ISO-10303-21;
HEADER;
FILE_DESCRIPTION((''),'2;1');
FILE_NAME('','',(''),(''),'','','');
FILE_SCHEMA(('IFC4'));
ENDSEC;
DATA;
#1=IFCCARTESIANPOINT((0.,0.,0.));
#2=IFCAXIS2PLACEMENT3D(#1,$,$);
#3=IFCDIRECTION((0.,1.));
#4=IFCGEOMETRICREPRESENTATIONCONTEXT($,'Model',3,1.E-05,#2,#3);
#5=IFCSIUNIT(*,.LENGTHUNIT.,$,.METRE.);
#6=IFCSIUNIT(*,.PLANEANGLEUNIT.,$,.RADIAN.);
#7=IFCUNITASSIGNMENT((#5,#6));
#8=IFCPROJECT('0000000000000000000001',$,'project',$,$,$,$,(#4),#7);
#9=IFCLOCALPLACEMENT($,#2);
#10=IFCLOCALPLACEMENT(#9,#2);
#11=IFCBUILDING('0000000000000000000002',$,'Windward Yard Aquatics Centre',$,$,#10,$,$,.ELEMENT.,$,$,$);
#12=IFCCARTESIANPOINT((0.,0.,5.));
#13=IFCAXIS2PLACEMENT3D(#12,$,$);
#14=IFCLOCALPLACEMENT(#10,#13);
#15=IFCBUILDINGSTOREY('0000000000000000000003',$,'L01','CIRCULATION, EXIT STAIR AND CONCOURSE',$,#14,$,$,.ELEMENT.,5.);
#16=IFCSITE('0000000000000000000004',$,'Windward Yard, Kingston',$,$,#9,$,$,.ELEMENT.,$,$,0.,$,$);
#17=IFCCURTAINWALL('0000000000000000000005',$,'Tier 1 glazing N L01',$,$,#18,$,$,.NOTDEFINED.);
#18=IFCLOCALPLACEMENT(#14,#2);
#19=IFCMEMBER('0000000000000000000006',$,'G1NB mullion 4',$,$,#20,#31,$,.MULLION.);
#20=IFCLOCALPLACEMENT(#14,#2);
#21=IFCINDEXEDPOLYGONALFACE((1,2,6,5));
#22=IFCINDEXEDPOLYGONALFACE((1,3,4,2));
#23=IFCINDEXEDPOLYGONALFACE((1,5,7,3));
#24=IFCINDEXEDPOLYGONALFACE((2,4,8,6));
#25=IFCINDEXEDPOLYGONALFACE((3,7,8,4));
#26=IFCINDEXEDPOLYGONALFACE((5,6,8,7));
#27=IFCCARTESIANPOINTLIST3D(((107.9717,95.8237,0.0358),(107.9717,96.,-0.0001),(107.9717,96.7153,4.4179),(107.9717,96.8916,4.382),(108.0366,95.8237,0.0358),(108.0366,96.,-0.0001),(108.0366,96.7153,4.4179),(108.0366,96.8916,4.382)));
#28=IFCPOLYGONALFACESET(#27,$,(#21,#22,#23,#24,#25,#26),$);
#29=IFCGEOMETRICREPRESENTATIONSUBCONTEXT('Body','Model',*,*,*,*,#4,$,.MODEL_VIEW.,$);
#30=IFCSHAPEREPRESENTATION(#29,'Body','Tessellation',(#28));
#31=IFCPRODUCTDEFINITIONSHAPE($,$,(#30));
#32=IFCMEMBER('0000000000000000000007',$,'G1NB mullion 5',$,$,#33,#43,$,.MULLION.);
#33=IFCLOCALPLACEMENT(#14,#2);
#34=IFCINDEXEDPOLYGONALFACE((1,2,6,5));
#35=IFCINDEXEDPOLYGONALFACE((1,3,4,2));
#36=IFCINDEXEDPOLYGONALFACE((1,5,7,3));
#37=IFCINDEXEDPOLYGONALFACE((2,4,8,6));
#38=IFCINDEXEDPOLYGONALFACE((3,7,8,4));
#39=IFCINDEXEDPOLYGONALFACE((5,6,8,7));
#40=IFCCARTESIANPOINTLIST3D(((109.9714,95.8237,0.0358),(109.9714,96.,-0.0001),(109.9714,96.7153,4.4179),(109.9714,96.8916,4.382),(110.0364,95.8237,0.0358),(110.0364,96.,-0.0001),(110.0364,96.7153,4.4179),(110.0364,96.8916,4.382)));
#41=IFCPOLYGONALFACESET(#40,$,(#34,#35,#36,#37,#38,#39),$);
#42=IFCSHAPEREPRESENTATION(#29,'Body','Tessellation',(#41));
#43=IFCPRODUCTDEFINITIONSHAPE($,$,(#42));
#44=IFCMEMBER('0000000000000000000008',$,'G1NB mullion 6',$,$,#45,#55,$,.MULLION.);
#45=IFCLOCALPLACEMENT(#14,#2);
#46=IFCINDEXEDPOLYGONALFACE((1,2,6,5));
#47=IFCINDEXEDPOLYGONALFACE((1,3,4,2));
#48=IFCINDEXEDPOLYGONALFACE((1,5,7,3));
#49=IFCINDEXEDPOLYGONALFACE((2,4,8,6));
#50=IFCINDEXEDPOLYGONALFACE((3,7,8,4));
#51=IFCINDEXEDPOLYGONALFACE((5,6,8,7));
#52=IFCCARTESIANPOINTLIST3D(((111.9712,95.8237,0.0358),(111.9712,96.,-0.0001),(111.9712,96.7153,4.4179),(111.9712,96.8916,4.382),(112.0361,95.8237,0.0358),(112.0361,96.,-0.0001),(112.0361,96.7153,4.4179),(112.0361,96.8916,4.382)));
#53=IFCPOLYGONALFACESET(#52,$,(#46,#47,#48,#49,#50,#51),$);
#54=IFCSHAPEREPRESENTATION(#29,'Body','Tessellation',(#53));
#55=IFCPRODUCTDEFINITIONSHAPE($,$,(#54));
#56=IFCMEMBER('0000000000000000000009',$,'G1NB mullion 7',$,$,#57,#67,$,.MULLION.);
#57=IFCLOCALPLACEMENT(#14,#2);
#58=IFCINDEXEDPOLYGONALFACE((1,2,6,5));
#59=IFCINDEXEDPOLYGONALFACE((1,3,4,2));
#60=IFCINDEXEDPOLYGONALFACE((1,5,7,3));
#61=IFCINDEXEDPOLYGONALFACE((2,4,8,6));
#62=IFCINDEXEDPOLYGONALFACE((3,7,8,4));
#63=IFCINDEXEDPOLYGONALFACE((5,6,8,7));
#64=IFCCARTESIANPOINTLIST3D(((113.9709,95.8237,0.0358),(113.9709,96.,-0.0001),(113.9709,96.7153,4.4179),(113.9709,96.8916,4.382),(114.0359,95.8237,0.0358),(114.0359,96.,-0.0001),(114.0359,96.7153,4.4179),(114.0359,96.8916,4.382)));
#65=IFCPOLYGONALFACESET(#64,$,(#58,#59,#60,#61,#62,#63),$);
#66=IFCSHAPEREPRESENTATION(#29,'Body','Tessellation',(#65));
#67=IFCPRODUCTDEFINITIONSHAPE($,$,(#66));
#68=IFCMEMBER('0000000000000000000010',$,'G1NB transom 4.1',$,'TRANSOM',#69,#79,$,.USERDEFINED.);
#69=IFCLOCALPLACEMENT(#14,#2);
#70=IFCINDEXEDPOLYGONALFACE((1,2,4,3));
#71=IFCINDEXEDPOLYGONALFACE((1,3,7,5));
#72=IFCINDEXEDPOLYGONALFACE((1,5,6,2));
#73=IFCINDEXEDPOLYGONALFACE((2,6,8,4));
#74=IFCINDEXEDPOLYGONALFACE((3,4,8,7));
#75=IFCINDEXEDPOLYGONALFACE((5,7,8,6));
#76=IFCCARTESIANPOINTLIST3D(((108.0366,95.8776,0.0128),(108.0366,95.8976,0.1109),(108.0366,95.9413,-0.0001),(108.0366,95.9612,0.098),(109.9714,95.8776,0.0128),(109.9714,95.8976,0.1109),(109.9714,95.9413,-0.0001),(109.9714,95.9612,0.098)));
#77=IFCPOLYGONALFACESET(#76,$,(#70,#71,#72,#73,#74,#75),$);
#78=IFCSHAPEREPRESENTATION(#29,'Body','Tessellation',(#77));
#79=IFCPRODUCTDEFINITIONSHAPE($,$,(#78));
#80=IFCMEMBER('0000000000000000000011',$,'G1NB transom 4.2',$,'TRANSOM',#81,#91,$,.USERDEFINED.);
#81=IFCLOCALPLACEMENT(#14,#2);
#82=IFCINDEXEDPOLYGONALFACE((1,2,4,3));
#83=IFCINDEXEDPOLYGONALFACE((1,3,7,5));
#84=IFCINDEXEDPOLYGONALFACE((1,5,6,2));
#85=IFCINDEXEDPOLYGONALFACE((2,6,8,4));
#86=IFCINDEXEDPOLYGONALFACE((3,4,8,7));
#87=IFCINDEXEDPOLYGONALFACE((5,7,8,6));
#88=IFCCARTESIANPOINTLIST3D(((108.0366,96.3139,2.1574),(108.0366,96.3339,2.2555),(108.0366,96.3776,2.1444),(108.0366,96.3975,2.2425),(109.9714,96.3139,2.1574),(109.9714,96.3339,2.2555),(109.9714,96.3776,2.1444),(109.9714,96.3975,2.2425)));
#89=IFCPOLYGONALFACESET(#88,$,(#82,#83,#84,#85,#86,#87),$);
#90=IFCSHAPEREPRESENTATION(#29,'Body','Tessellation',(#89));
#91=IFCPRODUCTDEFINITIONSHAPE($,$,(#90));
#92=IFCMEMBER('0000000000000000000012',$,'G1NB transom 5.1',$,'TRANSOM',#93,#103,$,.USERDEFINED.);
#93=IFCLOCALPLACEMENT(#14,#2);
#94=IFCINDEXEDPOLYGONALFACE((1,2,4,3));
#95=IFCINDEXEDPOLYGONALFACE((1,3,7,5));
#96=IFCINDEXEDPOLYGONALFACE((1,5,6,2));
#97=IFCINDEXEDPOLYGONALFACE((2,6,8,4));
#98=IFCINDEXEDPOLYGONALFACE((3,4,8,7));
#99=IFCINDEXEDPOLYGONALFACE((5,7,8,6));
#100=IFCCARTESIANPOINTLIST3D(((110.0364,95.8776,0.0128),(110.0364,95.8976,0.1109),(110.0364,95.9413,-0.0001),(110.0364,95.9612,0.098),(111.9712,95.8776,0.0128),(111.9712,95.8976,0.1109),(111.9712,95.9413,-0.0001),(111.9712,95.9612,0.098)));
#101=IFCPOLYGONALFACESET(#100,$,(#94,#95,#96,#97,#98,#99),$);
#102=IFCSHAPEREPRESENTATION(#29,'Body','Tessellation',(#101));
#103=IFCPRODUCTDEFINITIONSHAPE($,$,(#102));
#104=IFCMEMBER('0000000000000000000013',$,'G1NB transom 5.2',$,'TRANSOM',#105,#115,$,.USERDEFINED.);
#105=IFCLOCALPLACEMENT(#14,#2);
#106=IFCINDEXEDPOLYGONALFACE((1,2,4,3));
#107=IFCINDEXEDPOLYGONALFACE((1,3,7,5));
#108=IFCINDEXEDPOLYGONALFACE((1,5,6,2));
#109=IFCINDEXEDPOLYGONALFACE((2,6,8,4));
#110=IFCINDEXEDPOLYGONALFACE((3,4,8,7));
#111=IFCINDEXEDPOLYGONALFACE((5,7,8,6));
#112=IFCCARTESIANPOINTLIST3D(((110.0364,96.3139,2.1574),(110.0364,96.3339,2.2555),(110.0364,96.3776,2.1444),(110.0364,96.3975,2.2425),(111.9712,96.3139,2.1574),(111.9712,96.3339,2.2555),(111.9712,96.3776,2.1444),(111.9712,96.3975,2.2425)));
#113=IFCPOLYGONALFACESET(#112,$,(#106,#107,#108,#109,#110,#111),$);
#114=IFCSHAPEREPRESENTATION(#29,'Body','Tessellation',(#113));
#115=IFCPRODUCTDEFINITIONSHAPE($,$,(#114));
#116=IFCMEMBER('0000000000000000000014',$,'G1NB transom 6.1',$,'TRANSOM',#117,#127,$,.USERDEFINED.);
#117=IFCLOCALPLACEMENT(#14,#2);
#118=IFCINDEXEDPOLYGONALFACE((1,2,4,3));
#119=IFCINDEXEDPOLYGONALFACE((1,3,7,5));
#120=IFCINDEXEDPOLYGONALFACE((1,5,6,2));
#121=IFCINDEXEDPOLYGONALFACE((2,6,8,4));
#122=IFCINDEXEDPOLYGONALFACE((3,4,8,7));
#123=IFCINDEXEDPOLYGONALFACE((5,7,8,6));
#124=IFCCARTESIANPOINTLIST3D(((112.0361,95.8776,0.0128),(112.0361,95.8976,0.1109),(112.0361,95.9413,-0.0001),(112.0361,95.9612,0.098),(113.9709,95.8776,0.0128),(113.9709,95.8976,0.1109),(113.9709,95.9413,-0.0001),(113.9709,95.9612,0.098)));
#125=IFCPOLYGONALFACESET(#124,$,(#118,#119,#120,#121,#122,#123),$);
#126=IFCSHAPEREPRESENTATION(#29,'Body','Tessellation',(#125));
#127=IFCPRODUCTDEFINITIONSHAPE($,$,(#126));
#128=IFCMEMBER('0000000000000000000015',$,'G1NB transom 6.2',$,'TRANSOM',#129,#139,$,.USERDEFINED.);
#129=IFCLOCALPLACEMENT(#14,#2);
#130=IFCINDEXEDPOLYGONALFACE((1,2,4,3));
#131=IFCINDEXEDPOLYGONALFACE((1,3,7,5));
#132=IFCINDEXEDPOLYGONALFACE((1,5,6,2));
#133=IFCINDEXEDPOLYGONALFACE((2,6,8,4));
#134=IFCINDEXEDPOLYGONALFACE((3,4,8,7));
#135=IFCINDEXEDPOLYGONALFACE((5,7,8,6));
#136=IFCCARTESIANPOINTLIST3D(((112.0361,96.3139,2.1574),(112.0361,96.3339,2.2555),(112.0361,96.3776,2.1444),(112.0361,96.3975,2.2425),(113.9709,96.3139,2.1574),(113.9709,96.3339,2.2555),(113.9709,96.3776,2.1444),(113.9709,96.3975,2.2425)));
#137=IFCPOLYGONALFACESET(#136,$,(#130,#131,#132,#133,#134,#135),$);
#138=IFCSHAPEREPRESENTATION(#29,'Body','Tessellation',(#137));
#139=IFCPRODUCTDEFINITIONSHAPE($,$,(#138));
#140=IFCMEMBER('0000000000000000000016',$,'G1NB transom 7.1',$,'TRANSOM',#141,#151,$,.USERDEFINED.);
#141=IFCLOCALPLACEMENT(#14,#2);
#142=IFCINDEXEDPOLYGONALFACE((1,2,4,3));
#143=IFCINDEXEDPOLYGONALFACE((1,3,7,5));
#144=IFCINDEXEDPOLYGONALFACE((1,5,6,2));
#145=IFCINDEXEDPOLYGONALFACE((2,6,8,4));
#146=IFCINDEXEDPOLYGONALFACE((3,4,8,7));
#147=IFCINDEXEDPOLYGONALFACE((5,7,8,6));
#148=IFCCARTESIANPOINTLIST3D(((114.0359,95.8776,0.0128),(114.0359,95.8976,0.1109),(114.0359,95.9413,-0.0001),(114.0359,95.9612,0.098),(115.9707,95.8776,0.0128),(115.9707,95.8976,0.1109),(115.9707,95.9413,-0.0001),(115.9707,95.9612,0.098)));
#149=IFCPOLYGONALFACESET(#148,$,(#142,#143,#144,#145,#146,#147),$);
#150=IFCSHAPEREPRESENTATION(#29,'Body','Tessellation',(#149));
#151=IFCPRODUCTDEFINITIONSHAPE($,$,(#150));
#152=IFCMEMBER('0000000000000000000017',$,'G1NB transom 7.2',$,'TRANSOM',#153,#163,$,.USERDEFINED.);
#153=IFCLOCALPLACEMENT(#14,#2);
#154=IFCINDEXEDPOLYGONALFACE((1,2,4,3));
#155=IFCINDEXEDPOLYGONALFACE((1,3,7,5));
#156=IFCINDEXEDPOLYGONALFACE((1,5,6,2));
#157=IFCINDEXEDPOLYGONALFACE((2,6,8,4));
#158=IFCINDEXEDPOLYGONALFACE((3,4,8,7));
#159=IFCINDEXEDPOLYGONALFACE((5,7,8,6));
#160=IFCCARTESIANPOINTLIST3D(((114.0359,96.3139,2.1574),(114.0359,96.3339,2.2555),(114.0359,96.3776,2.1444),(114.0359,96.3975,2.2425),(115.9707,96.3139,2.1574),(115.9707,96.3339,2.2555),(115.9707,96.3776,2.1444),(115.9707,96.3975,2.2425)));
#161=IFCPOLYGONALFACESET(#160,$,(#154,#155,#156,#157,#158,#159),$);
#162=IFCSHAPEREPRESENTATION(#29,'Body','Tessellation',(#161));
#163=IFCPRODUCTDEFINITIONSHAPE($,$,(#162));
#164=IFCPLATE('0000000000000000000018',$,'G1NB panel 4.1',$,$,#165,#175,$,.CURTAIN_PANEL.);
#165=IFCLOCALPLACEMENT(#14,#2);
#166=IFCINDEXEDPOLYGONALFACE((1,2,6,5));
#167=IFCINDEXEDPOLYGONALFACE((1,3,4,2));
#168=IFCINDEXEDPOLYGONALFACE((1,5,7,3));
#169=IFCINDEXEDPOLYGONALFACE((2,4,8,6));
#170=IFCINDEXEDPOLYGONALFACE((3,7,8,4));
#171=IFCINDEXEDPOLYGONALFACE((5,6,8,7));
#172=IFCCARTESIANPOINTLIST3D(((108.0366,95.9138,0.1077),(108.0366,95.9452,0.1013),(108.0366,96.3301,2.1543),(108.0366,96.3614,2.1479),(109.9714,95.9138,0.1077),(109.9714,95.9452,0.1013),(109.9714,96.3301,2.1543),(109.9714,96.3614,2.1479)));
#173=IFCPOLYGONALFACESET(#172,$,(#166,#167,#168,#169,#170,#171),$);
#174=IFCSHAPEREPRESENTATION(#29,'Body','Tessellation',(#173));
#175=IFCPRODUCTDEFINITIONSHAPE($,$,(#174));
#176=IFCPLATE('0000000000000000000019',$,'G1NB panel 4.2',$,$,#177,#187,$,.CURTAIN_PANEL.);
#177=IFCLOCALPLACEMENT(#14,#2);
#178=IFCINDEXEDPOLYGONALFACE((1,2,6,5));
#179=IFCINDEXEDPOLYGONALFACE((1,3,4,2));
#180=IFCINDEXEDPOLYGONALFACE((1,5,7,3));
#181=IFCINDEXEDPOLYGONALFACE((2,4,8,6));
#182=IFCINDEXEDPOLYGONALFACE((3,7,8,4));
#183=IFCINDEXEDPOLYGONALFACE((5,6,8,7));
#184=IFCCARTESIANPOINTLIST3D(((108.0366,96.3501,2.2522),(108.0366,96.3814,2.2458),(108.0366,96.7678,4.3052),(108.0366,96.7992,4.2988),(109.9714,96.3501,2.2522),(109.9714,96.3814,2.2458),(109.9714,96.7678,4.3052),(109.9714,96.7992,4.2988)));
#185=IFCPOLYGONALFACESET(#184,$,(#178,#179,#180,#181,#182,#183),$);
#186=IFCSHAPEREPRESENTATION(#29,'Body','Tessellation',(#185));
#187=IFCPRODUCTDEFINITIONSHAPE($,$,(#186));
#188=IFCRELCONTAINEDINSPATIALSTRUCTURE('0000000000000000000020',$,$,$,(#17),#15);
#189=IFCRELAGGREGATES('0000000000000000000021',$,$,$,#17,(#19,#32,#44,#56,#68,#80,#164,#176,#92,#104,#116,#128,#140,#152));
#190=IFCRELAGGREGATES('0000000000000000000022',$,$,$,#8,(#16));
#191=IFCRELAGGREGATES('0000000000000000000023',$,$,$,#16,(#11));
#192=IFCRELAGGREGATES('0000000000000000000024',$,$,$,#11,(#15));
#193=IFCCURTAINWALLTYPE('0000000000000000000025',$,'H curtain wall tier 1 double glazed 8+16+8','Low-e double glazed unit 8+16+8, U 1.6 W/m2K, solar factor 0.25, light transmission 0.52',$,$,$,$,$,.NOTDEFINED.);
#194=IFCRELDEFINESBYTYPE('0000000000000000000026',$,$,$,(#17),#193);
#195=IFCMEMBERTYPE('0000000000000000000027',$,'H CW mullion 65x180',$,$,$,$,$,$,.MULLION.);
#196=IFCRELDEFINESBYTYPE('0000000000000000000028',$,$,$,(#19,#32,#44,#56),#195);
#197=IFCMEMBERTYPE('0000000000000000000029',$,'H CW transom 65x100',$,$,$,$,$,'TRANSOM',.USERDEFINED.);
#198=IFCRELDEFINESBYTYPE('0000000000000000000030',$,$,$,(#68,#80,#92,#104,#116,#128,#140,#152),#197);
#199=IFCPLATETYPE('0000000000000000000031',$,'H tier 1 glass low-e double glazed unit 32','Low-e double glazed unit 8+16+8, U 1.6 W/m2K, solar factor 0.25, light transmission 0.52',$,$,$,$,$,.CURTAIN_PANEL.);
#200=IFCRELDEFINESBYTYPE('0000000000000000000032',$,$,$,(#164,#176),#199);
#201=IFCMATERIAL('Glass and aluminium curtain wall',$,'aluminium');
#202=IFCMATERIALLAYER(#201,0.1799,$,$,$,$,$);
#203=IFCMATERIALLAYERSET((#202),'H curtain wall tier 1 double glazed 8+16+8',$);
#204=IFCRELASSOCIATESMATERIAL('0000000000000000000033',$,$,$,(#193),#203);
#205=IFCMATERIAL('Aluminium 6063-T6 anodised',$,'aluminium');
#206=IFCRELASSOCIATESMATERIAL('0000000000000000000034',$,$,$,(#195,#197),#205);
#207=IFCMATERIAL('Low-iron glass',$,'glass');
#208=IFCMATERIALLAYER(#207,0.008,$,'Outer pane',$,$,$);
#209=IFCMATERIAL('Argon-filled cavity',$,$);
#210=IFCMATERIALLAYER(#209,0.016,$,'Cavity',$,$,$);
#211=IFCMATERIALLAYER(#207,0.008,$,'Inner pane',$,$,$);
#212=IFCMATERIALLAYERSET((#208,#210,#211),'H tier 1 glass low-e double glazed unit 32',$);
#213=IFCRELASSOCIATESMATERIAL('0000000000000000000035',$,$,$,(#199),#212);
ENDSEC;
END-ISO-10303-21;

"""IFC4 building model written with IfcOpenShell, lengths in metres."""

from ifc_helpers import new_model, si_unit, direction, frame, origin, origin_2d, place, context, subcontext, project, spatial, polyline, rectangle, outline, extrude, material, layer, layer_set, material_profile, profile_set, type_object, element, aggregate, save


model = new_model("IFC4")

# Units and contexts
model_context = context("Model", 3, precision=1e-05, world=origin(), true_north=direction((0.0, 1.0)))
body_context = subcontext(model_context, "Body", "Model", "MODEL_VIEW")
ifc_project = project(units=[si_unit("LENGTHUNIT", "METRE"), si_unit("PLANEANGLEUNIT", "RADIAN")], contexts=[model_context])

# Site, building, storey
site_placement = place(None, origin())
site = spatial("IfcSite", under=ifc_project, at=site_placement, Name="Windward Yard, Kingston", CompositionType="ELEMENT", RefElevation=0.0)
building_placement = place(site_placement, origin())
building = spatial("IfcBuilding", under=site, at=building_placement, Name="Windward Yard Aquatics Centre", CompositionType="ELEMENT")
storey_placement = place(building_placement, frame((0.0, 0.0, 5.0)))
storey = spatial("IfcBuildingStorey", under=building, at=storey_placement, Name="L01", Description="CIRCULATION, EXIT STAIR AND CONCOURSE", CompositionType="ELEMENT", Elevation=5.0)

# Curtain wall, members, plates
ifc_material_1 = material(Name="Glass and aluminium curtain wall", Category="aluminium")
ifc_layer_1 = layer(ifc_material_1, 0.1799)
ifc_layer_set_1 = layer_set([ifc_layer_1], Name="H curtain wall tier 1 double glazed 8+16+8")
curtain_wall_type = type_object("IfcCurtainWallType", Name="H curtain wall tier 1 double glazed 8+16+8", Description="Low-e double glazed unit 8+16+8, U 1.6 W/m2K, solar factor 0.25, light transmission 0.52", PredefinedType="NOTDEFINED", material=ifc_layer_set_1)
curtain_wall_placement = place(storey_placement, origin())
curtain_wall = element("IfcCurtainWall", 1, at=curtain_wall_placement, inside=storey, type_object=curtain_wall_type, Name="Tier 1 glazing N L01", PredefinedType="NOTDEFINED")
ifc_material_2 = material(Name="Aluminium 6063-T6 anodised", Category="aluminium")
ifc_material_profile_1 = material_profile(ifc_material_2, rectangle(XDim=0.0649, YDim=0.1799, at=origin_2d()), Name="H CW mullion 65x180")
ifc_profile_set_1 = profile_set([ifc_material_profile_1], Name="Aluminium 6063-T6 anodised")
member_type_1 = type_object("IfcMemberType", Name="H CW mullion 65x180", PredefinedType="MULLION", material=ifc_profile_set_1)
member_1_placement = place(storey_placement, frame((108.0042, 95.9119, 0.0178), z_axis=(0.0, 0.19938, 0.979922), x_axis=(-1.0, 0.0, 0.0)))
member_1 = element("IfcMember", 2, at=member_1_placement, type_object=member_type_1, Name="G1NB mullion 4", PredefinedType="MULLION", context=body_context, shape_type="SweptSolid", body=[
    extrude(rectangle(XDim=0.0649, YDim=0.1799, at=origin_2d()), origin(), (0.0, 0.0, 1.0), 4.4719),
])
member_2_placement = place(storey_placement, frame((110.0039, 95.9119, 0.0178), z_axis=(0.0, 0.19938, 0.979922), x_axis=(-1.0, 0.0, 0.0)))
member_2 = element("IfcMember", 3, at=member_2_placement, type_object=member_type_1, Name="G1NB mullion 5", PredefinedType="MULLION", context=body_context, shape_type="SweptSolid", body=[
    extrude(rectangle(XDim=0.0649, YDim=0.1799, at=origin_2d()), origin(), (0.0, 0.0, 1.0), 4.4719),
])
member_3_placement = place(storey_placement, frame((112.0037, 95.9119, 0.0178), z_axis=(0.0, 0.19938, 0.979922), x_axis=(-1.0, 0.0, 0.0)))
member_3 = element("IfcMember", 4, at=member_3_placement, type_object=member_type_1, Name="G1NB mullion 6", PredefinedType="MULLION", context=body_context, shape_type="SweptSolid", body=[
    extrude(rectangle(XDim=0.0649, YDim=0.1799, at=origin_2d()), origin(), (0.0, 0.0, 1.0), 4.4719),
])
member_4_placement = place(storey_placement, frame((114.0034, 95.9119, 0.0178), z_axis=(0.0, 0.19938, 0.979922), x_axis=(-1.0, 0.0, 0.0)))
member_4 = element("IfcMember", 5, at=member_4_placement, type_object=member_type_1, Name="G1NB mullion 7", PredefinedType="MULLION", context=body_context, shape_type="SweptSolid", body=[
    extrude(rectangle(XDim=0.0649, YDim=0.1799, at=origin_2d()), origin(), (0.0, 0.0, 1.0), 4.4719),
])
ifc_material_profile_2 = material_profile(ifc_material_2, rectangle(XDim=0.0649, YDim=0.1001, at=origin_2d()), Name="H CW transom 65x100")
ifc_profile_set_2 = profile_set([ifc_material_profile_2], Name="Aluminium 6063-T6 anodised")
member_type_2 = type_object("IfcMemberType", Name="H CW transom 65x100", ElementType="TRANSOM", PredefinedType="USERDEFINED", material=ifc_profile_set_2)
member_5_placement = place(storey_placement, frame((108.0366, 95.9194, 0.0554), z_axis=(1.0, 0.0, 0.0), x_axis=(0.0, -0.979925, 0.199368)))
member_5 = element("IfcMember", 6, at=member_5_placement, type_object=member_type_2, Name="G1NB transom 4.1", ObjectType="TRANSOM", PredefinedType="USERDEFINED", context=body_context, shape_type="SweptSolid", body=[
    extrude(rectangle(XDim=0.0649, YDim=0.1001, at=origin_2d()), origin(), (0.0, 0.0, 1.0), 1.9348),
])
member_6_placement = place(storey_placement, frame((108.0366, 96.3557, 2.2), z_axis=(1.0, 0.0, 0.0), x_axis=(0.0, -0.979925, 0.199368)))
member_6 = element("IfcMember", 7, at=member_6_placement, type_object=member_type_2, Name="G1NB transom 4.2", ObjectType="TRANSOM", PredefinedType="USERDEFINED", context=body_context, shape_type="SweptSolid", body=[
    extrude(rectangle(XDim=0.0649, YDim=0.1001, at=origin_2d()), origin(), (0.0, 0.0, 1.0), 1.9348),
])
member_7_placement = place(storey_placement, frame((110.0364, 95.9194, 0.0554), z_axis=(1.0, 0.0, 0.0), x_axis=(0.0, -0.979925, 0.199368)))
member_7 = element("IfcMember", 8, at=member_7_placement, type_object=member_type_2, Name="G1NB transom 5.1", ObjectType="TRANSOM", PredefinedType="USERDEFINED", context=body_context, shape_type="SweptSolid", body=[
    extrude(rectangle(XDim=0.0649, YDim=0.1001, at=origin_2d()), origin(), (0.0, 0.0, 1.0), 1.9348),
])
member_8_placement = place(storey_placement, frame((110.0364, 96.3557, 2.2), z_axis=(1.0, 0.0, 0.0), x_axis=(0.0, -0.979925, 0.199368)))
member_8 = element("IfcMember", 9, at=member_8_placement, type_object=member_type_2, Name="G1NB transom 5.2", ObjectType="TRANSOM", PredefinedType="USERDEFINED", context=body_context, shape_type="SweptSolid", body=[
    extrude(rectangle(XDim=0.0649, YDim=0.1001, at=origin_2d()), origin(), (0.0, 0.0, 1.0), 1.9348),
])
member_9_placement = place(storey_placement, frame((112.0361, 95.9194, 0.0554), z_axis=(1.0, 0.0, 0.0), x_axis=(0.0, -0.979925, 0.199368)))
member_9 = element("IfcMember", 10, at=member_9_placement, type_object=member_type_2, Name="G1NB transom 6.1", ObjectType="TRANSOM", PredefinedType="USERDEFINED", context=body_context, shape_type="SweptSolid", body=[
    extrude(rectangle(XDim=0.0649, YDim=0.1001, at=origin_2d()), origin(), (0.0, 0.0, 1.0), 1.9348),
])
member_10_placement = place(storey_placement, frame((112.0361, 96.3557, 2.2), z_axis=(1.0, 0.0, 0.0), x_axis=(0.0, -0.979925, 0.199368)))
member_10 = element("IfcMember", 11, at=member_10_placement, type_object=member_type_2, Name="G1NB transom 6.2", ObjectType="TRANSOM", PredefinedType="USERDEFINED", context=body_context, shape_type="SweptSolid", body=[
    extrude(rectangle(XDim=0.0649, YDim=0.1001, at=origin_2d()), origin(), (0.0, 0.0, 1.0), 1.9348),
])
member_11_placement = place(storey_placement, frame((114.0359, 95.9194, 0.0554), z_axis=(1.0, 0.0, 0.0), x_axis=(0.0, -0.979925, 0.199368)))
member_11 = element("IfcMember", 12, at=member_11_placement, type_object=member_type_2, Name="G1NB transom 7.1", ObjectType="TRANSOM", PredefinedType="USERDEFINED", context=body_context, shape_type="SweptSolid", body=[
    extrude(rectangle(XDim=0.0649, YDim=0.1001, at=origin_2d()), origin(), (0.0, 0.0, 1.0), 1.9348),
])
member_12_placement = place(storey_placement, frame((114.0359, 96.3557, 2.2), z_axis=(1.0, 0.0, 0.0), x_axis=(0.0, -0.979925, 0.199368)))
member_12 = element("IfcMember", 13, at=member_12_placement, type_object=member_type_2, Name="G1NB transom 7.2", ObjectType="TRANSOM", PredefinedType="USERDEFINED", context=body_context, shape_type="SweptSolid", body=[
    extrude(rectangle(XDim=0.0649, YDim=0.1001, at=origin_2d()), origin(), (0.0, 0.0, 1.0), 1.9348),
])
ifc_material_3 = material(Name="Low-iron glass", Category="glass")
ifc_layer_2 = layer(ifc_material_3, 0.008, Name="Outer pane")
ifc_material_4 = material(Name="Argon-filled cavity")
ifc_layer_3 = layer(ifc_material_4, 0.016, Name="Cavity")
ifc_layer_4 = layer(ifc_material_3, 0.008, Name="Inner pane")
ifc_layer_set_2 = layer_set([ifc_layer_2, ifc_layer_3, ifc_layer_4], Name="H tier 1 glass low-e double glazed unit 32")
plate_type = type_object("IfcPlateType", Name="H tier 1 glass low-e double glazed unit 32", Description="Low-e double glazed unit 8+16+8, U 1.6 W/m2K, solar factor 0.25, light transmission 0.52", PredefinedType="CURTAIN_PANEL", material=ifc_layer_set_2)
plate_1_placement = place(storey_placement, frame((108.0366, 95.9138, 0.1077), z_axis=(0.0, -0.979937, 0.199307), x_axis=(1.0, 0.0, 0.0)))
plate_1 = element("IfcPlate", 14, at=plate_1_placement, type_object=plate_type, Name="G1NB panel 4.1", PredefinedType="CURTAIN_PANEL", context=body_context, shape_type="SweptSolid", body=[
    extrude(outline(polyline([(0.0, 0.0), (1.9348, 0.0), (1.9348, 2.0885), (0.0, 2.0885), (0.0, 0.0)])), origin(), (0.0, 0.0, -1.0), 0.032),
])
plate_2_placement = place(storey_placement, frame((108.0366, 96.3501, 2.2522), z_axis=(0.0, -0.979921, 0.199387), x_axis=(1.0, 0.0, 0.0)))
plate_2 = element("IfcPlate", 15, at=plate_2_placement, type_object=plate_type, Name="G1NB panel 4.2", PredefinedType="CURTAIN_PANEL", context=body_context, shape_type="SweptSolid", body=[
    extrude(outline(polyline([(0.0, 0.0), (1.9348, 0.0), (1.9348, 2.095), (0.0, 2.095), (0.0, 0.0)])), origin(), (0.0, 0.0, -1.0), 0.032),
])
aggregate(curtain_wall, [member_1, member_2, member_3, member_4, member_5, member_6, plate_1, plate_2, member_7, member_8, member_9, member_10, member_11, member_12])

save(model, "model.ifc")
